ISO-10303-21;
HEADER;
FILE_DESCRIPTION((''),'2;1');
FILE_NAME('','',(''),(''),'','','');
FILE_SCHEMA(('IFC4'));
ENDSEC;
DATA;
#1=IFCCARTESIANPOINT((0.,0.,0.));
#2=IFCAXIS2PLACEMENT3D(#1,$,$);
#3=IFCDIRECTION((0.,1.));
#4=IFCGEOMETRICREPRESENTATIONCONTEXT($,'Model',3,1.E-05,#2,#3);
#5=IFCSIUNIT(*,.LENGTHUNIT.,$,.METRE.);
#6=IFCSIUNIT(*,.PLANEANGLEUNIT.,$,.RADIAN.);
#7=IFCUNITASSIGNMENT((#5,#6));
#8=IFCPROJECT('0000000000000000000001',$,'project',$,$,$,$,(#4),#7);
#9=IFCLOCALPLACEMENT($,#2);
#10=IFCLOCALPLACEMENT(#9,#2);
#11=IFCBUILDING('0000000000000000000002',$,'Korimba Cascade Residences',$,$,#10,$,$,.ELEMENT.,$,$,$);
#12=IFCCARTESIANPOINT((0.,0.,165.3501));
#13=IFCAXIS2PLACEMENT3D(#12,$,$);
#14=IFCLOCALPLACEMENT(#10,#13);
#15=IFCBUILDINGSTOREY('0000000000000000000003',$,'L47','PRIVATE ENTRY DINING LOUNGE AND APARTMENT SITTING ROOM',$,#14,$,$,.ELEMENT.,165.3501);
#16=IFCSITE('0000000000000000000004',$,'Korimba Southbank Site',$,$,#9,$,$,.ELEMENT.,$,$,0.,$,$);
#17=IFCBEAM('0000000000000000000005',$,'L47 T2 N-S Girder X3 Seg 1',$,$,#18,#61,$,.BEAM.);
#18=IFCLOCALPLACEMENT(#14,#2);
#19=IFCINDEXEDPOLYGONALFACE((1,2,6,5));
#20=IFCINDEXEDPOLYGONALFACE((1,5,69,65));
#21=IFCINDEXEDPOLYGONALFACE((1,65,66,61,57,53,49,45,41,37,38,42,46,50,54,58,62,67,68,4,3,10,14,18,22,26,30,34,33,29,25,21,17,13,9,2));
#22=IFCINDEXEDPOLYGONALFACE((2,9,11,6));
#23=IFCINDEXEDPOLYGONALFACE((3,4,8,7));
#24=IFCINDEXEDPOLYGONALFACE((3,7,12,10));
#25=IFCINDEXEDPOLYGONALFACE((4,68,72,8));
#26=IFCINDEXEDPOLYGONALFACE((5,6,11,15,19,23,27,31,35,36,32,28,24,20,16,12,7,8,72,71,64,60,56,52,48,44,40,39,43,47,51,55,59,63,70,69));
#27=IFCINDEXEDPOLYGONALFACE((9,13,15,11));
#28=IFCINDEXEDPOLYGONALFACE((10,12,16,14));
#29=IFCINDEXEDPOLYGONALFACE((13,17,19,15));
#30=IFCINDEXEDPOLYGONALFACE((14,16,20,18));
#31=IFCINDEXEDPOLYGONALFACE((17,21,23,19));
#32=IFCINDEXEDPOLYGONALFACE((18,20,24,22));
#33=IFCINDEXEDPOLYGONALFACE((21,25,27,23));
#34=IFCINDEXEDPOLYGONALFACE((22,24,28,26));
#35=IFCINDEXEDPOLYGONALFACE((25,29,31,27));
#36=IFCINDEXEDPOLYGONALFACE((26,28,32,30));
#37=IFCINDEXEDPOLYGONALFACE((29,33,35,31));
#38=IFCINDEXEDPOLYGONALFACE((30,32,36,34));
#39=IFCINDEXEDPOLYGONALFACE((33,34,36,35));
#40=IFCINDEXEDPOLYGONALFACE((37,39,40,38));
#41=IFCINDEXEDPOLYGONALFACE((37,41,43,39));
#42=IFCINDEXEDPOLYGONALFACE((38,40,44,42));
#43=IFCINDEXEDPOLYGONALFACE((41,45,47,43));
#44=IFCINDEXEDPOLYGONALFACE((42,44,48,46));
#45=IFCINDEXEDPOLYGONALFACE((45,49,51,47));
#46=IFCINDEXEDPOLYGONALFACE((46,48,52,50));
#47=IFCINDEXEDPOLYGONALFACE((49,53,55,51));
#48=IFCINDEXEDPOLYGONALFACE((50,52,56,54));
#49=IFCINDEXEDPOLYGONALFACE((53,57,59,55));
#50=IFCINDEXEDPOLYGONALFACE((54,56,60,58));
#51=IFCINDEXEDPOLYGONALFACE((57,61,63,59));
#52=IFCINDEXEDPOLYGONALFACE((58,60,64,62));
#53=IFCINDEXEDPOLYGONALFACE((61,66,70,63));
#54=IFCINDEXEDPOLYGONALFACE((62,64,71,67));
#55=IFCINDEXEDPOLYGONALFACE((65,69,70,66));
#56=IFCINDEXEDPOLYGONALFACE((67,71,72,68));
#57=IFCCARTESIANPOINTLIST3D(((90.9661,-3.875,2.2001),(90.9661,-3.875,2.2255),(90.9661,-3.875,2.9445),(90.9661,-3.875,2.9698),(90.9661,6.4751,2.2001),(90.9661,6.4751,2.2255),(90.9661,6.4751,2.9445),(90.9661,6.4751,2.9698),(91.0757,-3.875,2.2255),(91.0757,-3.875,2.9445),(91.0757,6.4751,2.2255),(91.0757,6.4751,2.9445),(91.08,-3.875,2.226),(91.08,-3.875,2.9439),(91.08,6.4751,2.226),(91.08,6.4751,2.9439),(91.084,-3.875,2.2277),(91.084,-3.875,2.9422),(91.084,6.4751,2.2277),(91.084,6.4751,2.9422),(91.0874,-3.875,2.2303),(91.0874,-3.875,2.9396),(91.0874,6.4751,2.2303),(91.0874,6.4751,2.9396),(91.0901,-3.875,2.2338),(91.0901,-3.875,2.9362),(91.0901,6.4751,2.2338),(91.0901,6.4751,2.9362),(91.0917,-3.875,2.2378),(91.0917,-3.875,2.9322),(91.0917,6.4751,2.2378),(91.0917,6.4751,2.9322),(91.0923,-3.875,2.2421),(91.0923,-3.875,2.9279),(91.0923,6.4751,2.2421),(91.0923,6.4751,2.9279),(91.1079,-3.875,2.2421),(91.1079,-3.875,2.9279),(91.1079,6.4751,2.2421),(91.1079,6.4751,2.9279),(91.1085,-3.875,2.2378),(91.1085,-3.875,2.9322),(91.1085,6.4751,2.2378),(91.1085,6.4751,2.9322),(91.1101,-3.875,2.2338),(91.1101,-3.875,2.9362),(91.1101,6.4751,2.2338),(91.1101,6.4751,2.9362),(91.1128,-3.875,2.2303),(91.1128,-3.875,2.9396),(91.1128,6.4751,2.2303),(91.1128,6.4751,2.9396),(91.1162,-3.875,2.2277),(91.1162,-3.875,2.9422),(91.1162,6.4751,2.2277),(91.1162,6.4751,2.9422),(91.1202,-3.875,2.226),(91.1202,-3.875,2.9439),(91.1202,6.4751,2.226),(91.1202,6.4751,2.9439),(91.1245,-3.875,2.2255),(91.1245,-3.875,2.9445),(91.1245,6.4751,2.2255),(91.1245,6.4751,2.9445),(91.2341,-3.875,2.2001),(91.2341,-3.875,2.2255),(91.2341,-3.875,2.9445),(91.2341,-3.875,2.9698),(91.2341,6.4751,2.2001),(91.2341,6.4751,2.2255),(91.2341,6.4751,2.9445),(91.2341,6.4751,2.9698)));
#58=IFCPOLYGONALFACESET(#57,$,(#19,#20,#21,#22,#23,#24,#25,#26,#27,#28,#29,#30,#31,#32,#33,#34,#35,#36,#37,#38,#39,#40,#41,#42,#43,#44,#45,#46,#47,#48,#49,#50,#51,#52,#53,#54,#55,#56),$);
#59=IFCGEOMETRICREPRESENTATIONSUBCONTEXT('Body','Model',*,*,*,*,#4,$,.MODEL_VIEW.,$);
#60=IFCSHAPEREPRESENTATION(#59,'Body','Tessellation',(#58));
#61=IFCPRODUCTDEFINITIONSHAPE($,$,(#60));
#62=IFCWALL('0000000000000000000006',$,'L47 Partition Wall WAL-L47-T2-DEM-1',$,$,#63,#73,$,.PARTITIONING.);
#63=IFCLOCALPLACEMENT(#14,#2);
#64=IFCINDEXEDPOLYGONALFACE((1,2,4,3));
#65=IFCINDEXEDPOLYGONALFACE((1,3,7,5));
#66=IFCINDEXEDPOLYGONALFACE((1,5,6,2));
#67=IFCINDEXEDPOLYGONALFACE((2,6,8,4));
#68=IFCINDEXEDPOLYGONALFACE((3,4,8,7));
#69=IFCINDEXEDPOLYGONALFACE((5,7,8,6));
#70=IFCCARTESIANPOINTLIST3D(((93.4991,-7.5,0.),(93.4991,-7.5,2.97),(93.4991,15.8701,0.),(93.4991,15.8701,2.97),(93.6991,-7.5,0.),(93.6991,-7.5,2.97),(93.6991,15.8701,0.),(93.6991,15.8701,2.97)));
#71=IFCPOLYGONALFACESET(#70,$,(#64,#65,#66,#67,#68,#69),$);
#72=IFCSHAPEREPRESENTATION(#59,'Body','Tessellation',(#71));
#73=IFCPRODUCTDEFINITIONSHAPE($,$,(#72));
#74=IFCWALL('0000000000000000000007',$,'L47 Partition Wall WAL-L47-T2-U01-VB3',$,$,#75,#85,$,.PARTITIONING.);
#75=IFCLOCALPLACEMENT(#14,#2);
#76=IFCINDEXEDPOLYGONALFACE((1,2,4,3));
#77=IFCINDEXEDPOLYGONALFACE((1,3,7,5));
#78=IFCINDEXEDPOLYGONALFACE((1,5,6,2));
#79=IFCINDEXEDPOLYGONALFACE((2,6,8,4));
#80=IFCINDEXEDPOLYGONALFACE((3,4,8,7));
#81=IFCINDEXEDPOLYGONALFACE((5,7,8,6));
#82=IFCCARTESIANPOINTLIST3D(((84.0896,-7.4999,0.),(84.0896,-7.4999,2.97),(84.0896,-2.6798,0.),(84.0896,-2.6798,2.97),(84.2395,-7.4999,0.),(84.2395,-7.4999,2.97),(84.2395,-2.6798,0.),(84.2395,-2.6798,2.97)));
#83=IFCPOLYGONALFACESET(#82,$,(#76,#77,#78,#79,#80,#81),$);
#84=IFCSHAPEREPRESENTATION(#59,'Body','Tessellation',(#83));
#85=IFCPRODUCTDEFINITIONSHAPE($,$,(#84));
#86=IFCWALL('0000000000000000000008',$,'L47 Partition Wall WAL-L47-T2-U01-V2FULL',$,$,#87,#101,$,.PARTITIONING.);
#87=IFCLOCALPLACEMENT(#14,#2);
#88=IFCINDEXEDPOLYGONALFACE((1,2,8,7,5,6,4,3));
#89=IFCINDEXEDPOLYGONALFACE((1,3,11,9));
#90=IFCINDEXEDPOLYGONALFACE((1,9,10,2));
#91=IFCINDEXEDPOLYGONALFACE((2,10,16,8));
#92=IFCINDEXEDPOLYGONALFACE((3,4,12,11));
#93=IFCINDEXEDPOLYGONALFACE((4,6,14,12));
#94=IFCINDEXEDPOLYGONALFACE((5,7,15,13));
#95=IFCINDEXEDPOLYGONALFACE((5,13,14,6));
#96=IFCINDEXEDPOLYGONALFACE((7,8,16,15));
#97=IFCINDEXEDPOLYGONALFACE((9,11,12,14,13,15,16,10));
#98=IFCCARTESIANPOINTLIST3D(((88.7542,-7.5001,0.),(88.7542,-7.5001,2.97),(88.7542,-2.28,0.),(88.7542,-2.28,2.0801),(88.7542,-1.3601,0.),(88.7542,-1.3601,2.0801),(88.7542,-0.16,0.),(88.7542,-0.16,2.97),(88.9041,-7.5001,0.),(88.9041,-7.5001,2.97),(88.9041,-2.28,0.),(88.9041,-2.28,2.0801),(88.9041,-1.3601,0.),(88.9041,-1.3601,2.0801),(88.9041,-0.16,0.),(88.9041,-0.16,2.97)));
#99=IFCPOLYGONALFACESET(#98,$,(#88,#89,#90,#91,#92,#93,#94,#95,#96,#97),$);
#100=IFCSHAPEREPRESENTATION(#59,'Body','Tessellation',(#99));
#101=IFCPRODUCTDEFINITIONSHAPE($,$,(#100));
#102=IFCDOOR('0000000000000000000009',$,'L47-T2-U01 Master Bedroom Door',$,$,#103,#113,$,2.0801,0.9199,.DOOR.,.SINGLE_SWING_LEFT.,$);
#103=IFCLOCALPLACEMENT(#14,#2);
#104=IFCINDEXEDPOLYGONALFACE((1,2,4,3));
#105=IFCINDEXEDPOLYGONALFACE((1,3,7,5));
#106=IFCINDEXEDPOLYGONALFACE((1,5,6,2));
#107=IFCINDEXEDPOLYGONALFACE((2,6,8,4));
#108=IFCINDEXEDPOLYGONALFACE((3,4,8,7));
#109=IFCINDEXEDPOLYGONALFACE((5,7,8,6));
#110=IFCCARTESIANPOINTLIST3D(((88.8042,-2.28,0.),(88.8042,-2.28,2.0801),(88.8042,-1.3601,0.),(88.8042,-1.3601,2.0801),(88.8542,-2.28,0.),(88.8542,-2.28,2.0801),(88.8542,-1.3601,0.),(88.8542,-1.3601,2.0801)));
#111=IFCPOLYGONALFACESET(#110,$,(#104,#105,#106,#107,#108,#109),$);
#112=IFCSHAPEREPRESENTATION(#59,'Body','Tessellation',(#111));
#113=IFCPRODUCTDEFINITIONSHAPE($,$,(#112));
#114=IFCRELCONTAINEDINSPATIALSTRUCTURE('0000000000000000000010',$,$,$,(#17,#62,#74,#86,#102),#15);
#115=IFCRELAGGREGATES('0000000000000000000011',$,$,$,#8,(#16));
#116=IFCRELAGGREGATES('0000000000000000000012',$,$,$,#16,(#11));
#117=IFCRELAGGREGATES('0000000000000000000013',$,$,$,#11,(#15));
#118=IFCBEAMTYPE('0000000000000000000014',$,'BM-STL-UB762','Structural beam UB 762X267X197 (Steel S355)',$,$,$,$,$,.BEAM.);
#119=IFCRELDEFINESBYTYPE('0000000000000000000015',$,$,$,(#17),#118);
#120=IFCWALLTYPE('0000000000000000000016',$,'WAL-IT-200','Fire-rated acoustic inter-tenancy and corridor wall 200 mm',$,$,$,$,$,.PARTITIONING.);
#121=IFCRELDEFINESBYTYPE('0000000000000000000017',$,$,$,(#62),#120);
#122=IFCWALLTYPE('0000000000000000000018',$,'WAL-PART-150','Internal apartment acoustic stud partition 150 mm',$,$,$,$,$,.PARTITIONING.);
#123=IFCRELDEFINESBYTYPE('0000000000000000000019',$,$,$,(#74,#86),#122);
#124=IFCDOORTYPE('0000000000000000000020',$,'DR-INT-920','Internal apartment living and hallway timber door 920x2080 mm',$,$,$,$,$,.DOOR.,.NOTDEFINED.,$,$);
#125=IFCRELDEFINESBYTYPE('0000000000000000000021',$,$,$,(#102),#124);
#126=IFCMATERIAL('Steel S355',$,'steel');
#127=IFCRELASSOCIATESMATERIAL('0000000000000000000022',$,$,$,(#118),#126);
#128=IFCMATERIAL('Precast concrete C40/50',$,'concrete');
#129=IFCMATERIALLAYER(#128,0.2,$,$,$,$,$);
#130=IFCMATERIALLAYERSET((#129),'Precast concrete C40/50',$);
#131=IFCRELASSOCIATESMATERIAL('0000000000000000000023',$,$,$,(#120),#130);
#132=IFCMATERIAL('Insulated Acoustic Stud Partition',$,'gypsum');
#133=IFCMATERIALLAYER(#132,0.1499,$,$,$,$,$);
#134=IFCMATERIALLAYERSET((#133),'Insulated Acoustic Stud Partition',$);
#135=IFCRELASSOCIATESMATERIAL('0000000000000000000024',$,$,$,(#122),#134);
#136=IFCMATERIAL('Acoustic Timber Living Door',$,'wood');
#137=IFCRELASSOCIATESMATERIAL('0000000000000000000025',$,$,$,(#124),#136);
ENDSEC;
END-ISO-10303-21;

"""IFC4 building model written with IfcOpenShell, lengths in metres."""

from ifc_helpers import new_model, si_unit, direction, frame, frame_2d, origin, origin_2d, place, context, subcontext, project, spatial, rectangle, i_section, extrude, material, layer, layer_set, material_profile, profile_set, type_object, element, fill, save


model = new_model("IFC4")

# Units and contexts
model_context = context("Model", 3, precision=1e-05, world=origin(), true_north=direction((0.0, 1.0)))
body_context = subcontext(model_context, "Body", "Model", "MODEL_VIEW")
ifc_project = project(units=[si_unit("LENGTHUNIT", "METRE"), si_unit("PLANEANGLEUNIT", "RADIAN")], contexts=[model_context])

# Site, building, storey
site_placement = place(None, origin())
site = spatial("IfcSite", under=ifc_project, at=site_placement, Name="Korimba Southbank Site", CompositionType="ELEMENT", RefElevation=0.0)
building_placement = place(site_placement, origin())
building = spatial("IfcBuilding", under=site, at=building_placement, Name="Korimba Cascade Residences", CompositionType="ELEMENT")
storey_placement = place(building_placement, frame((0.0, 0.0, 165.3501)))
storey = spatial("IfcBuildingStorey", under=building, at=storey_placement, Name="L47", Description="PRIVATE ENTRY DINING LOUNGE AND APARTMENT SITTING ROOM", CompositionType="ELEMENT", Elevation=165.3501)

# Beam
ifc_material_1 = material(Name="Steel S355", Category="steel")
ifc_material_profile_1 = material_profile(ifc_material_1, i_section(OverallWidth=0.2681, OverallDepth=0.7698, WebThickness=0.0156, FlangeThickness=0.0254, FilletRadius=0.0166, at=origin_2d()), Name="Steel S355")
ifc_profile_set_1 = profile_set([ifc_material_profile_1], Name="Steel S355")
beam_type_1 = type_object("IfcBeamType", Name="BM-STL-UB762", Description="Structural beam UB 762X267X197 (Steel S355)", PredefinedType="BEAM", material=ifc_profile_set_1)
for number, where, z_axis, x_axis, name in (
    (1, (91.1001, -3.875, 2.585), (0.0, 1.0, 0.0), (-1.0, 0.0, 0.0), "L47 T2 N-S Girder X3 Seg 1"),
):
    element("IfcBeam", number, at=place(storey_placement, frame(where, z_axis=z_axis, x_axis=x_axis)), inside=storey, type_object=beam_type_1, Name=name, PredefinedType="BEAM", context=body_context, shape_type="SweptSolid", body=[
        extrude(i_section(OverallWidth=0.2681, OverallDepth=0.7698, WebThickness=0.0156, FlangeThickness=0.0254, FilletRadius=0.0166, at=origin_2d()), origin(), (0.0, 0.0, 1.0), 10.3501),
    ])

# Walls
ifc_material_2 = material(Name="Precast concrete C40/50", Category="concrete")
ifc_layer_1 = layer(ifc_material_2, 0.2)
ifc_layer_set_1 = layer_set([ifc_layer_1], Name="Precast concrete C40/50")
wall_type_1 = type_object("IfcWallType", Name="WAL-IT-200", Description="Fire-rated acoustic inter-tenancy and corridor wall 200 mm", PredefinedType="PARTITIONING", material=ifc_layer_set_1)
wall_1_placement = place(storey_placement, frame((93.5991, -7.5, 0.0), z_axis=(0.0, 0.0, 1.0), x_axis=(0.0, 1.0, 0.0)))
element("IfcWall", 2, at=wall_1_placement, inside=storey, type_object=wall_type_1, Name="L47 Partition Wall WAL-L47-T2-DEM-1", PredefinedType="PARTITIONING", context=body_context, shape_type="SweptSolid", body=[
    extrude(rectangle(XDim=23.3701, YDim=0.2, at=frame_2d((11.6851, 0.0))), origin(), (0.0, 0.0, 1.0), 2.97),
])
ifc_material_3 = material(Name="Insulated Acoustic Stud Partition", Category="gypsum")
ifc_layer_2 = layer(ifc_material_3, 0.1499)
ifc_layer_set_2 = layer_set([ifc_layer_2], Name="Insulated Acoustic Stud Partition")
wall_type_2 = type_object("IfcWallType", Name="WAL-PART-150", Description="Internal apartment acoustic stud partition 150 mm", PredefinedType="PARTITIONING", material=ifc_layer_set_2)
wall_2_placement = place(storey_placement, frame((84.1646, -7.5, 0.0), z_axis=(0.0, 0.0, 1.0), x_axis=(0.0, 1.0, 0.0)))
element("IfcWall", 3, at=wall_2_placement, inside=storey, type_object=wall_type_2, Name="L47 Partition Wall WAL-L47-T2-U01-VB3", PredefinedType="PARTITIONING", context=body_context, shape_type="SweptSolid", body=[
    extrude(rectangle(XDim=4.8201, YDim=0.1499, at=frame_2d((2.4102, 0.0))), origin(), (0.0, 0.0, 1.0), 2.97),
])

# Wall, opening, door
wall_3_placement = place(storey_placement, frame((88.8291, -7.5, 0.0), z_axis=(0.0, 0.0, 1.0), x_axis=(0.0, 1.0, 0.0)))
wall_3 = element("IfcWall", 4, at=wall_3_placement, inside=storey, type_object=wall_type_2, Name="L47 Partition Wall WAL-L47-T2-U01-V2FULL", PredefinedType="PARTITIONING", context=body_context, shape_type="SweptSolid", body=[
    extrude(rectangle(XDim=7.3401, YDim=0.1499, at=frame_2d((3.6699, 0.0))), origin(), (0.0, 0.0, 1.0), 2.97),
])
opening_1_placement = place(wall_3_placement, frame((5.22, 0.0, 0.0)))
opening_1 = element("IfcOpeningElement", 5, at=opening_1_placement, cuts=wall_3, PredefinedType="OPENING", context=body_context, shape_type="SweptSolid", body=[
    extrude(rectangle(XDim=0.9199, YDim=2.0801, at=frame_2d((0.46, 1.04))), frame((0.0, 0.085, 0.0), z_axis=(0.0, -1.0, 0.0), x_axis=(1.0, 0.0, 0.0)), (0.0, 0.0, 1.0), 0.1699),
])
ifc_material_4 = material(Name="Acoustic Timber Living Door", Category="wood")
door_type_1 = type_object("IfcDoorType", Name="DR-INT-920", Description="Internal apartment living and hallway timber door 920x2080 mm", OperationType="NOTDEFINED", PredefinedType="DOOR", material=ifc_material_4)
door_1_placement = place(opening_1_placement, origin())
door_1 = element("IfcDoor", 6, at=door_1_placement, inside=storey, type_object=door_type_1, Name="L47-T2-U01 Master Bedroom Door", OperationType="SINGLE_SWING_LEFT", OverallHeight=2.0801, OverallWidth=0.9199, PredefinedType="DOOR", context=body_context, shape_type="SweptSolid", body=[
    extrude(rectangle(XDim=0.9199, YDim=2.0801, at=frame_2d((0.46, 1.04))), frame((0.0, 0.0249, 0.0), z_axis=(0.0, -1.0, 0.0), x_axis=(1.0, 0.0, 0.0)), (0.0, 0.0, 1.0), 0.05),
])
fill(opening_1, door_1)

save(model, "model.ifc")
